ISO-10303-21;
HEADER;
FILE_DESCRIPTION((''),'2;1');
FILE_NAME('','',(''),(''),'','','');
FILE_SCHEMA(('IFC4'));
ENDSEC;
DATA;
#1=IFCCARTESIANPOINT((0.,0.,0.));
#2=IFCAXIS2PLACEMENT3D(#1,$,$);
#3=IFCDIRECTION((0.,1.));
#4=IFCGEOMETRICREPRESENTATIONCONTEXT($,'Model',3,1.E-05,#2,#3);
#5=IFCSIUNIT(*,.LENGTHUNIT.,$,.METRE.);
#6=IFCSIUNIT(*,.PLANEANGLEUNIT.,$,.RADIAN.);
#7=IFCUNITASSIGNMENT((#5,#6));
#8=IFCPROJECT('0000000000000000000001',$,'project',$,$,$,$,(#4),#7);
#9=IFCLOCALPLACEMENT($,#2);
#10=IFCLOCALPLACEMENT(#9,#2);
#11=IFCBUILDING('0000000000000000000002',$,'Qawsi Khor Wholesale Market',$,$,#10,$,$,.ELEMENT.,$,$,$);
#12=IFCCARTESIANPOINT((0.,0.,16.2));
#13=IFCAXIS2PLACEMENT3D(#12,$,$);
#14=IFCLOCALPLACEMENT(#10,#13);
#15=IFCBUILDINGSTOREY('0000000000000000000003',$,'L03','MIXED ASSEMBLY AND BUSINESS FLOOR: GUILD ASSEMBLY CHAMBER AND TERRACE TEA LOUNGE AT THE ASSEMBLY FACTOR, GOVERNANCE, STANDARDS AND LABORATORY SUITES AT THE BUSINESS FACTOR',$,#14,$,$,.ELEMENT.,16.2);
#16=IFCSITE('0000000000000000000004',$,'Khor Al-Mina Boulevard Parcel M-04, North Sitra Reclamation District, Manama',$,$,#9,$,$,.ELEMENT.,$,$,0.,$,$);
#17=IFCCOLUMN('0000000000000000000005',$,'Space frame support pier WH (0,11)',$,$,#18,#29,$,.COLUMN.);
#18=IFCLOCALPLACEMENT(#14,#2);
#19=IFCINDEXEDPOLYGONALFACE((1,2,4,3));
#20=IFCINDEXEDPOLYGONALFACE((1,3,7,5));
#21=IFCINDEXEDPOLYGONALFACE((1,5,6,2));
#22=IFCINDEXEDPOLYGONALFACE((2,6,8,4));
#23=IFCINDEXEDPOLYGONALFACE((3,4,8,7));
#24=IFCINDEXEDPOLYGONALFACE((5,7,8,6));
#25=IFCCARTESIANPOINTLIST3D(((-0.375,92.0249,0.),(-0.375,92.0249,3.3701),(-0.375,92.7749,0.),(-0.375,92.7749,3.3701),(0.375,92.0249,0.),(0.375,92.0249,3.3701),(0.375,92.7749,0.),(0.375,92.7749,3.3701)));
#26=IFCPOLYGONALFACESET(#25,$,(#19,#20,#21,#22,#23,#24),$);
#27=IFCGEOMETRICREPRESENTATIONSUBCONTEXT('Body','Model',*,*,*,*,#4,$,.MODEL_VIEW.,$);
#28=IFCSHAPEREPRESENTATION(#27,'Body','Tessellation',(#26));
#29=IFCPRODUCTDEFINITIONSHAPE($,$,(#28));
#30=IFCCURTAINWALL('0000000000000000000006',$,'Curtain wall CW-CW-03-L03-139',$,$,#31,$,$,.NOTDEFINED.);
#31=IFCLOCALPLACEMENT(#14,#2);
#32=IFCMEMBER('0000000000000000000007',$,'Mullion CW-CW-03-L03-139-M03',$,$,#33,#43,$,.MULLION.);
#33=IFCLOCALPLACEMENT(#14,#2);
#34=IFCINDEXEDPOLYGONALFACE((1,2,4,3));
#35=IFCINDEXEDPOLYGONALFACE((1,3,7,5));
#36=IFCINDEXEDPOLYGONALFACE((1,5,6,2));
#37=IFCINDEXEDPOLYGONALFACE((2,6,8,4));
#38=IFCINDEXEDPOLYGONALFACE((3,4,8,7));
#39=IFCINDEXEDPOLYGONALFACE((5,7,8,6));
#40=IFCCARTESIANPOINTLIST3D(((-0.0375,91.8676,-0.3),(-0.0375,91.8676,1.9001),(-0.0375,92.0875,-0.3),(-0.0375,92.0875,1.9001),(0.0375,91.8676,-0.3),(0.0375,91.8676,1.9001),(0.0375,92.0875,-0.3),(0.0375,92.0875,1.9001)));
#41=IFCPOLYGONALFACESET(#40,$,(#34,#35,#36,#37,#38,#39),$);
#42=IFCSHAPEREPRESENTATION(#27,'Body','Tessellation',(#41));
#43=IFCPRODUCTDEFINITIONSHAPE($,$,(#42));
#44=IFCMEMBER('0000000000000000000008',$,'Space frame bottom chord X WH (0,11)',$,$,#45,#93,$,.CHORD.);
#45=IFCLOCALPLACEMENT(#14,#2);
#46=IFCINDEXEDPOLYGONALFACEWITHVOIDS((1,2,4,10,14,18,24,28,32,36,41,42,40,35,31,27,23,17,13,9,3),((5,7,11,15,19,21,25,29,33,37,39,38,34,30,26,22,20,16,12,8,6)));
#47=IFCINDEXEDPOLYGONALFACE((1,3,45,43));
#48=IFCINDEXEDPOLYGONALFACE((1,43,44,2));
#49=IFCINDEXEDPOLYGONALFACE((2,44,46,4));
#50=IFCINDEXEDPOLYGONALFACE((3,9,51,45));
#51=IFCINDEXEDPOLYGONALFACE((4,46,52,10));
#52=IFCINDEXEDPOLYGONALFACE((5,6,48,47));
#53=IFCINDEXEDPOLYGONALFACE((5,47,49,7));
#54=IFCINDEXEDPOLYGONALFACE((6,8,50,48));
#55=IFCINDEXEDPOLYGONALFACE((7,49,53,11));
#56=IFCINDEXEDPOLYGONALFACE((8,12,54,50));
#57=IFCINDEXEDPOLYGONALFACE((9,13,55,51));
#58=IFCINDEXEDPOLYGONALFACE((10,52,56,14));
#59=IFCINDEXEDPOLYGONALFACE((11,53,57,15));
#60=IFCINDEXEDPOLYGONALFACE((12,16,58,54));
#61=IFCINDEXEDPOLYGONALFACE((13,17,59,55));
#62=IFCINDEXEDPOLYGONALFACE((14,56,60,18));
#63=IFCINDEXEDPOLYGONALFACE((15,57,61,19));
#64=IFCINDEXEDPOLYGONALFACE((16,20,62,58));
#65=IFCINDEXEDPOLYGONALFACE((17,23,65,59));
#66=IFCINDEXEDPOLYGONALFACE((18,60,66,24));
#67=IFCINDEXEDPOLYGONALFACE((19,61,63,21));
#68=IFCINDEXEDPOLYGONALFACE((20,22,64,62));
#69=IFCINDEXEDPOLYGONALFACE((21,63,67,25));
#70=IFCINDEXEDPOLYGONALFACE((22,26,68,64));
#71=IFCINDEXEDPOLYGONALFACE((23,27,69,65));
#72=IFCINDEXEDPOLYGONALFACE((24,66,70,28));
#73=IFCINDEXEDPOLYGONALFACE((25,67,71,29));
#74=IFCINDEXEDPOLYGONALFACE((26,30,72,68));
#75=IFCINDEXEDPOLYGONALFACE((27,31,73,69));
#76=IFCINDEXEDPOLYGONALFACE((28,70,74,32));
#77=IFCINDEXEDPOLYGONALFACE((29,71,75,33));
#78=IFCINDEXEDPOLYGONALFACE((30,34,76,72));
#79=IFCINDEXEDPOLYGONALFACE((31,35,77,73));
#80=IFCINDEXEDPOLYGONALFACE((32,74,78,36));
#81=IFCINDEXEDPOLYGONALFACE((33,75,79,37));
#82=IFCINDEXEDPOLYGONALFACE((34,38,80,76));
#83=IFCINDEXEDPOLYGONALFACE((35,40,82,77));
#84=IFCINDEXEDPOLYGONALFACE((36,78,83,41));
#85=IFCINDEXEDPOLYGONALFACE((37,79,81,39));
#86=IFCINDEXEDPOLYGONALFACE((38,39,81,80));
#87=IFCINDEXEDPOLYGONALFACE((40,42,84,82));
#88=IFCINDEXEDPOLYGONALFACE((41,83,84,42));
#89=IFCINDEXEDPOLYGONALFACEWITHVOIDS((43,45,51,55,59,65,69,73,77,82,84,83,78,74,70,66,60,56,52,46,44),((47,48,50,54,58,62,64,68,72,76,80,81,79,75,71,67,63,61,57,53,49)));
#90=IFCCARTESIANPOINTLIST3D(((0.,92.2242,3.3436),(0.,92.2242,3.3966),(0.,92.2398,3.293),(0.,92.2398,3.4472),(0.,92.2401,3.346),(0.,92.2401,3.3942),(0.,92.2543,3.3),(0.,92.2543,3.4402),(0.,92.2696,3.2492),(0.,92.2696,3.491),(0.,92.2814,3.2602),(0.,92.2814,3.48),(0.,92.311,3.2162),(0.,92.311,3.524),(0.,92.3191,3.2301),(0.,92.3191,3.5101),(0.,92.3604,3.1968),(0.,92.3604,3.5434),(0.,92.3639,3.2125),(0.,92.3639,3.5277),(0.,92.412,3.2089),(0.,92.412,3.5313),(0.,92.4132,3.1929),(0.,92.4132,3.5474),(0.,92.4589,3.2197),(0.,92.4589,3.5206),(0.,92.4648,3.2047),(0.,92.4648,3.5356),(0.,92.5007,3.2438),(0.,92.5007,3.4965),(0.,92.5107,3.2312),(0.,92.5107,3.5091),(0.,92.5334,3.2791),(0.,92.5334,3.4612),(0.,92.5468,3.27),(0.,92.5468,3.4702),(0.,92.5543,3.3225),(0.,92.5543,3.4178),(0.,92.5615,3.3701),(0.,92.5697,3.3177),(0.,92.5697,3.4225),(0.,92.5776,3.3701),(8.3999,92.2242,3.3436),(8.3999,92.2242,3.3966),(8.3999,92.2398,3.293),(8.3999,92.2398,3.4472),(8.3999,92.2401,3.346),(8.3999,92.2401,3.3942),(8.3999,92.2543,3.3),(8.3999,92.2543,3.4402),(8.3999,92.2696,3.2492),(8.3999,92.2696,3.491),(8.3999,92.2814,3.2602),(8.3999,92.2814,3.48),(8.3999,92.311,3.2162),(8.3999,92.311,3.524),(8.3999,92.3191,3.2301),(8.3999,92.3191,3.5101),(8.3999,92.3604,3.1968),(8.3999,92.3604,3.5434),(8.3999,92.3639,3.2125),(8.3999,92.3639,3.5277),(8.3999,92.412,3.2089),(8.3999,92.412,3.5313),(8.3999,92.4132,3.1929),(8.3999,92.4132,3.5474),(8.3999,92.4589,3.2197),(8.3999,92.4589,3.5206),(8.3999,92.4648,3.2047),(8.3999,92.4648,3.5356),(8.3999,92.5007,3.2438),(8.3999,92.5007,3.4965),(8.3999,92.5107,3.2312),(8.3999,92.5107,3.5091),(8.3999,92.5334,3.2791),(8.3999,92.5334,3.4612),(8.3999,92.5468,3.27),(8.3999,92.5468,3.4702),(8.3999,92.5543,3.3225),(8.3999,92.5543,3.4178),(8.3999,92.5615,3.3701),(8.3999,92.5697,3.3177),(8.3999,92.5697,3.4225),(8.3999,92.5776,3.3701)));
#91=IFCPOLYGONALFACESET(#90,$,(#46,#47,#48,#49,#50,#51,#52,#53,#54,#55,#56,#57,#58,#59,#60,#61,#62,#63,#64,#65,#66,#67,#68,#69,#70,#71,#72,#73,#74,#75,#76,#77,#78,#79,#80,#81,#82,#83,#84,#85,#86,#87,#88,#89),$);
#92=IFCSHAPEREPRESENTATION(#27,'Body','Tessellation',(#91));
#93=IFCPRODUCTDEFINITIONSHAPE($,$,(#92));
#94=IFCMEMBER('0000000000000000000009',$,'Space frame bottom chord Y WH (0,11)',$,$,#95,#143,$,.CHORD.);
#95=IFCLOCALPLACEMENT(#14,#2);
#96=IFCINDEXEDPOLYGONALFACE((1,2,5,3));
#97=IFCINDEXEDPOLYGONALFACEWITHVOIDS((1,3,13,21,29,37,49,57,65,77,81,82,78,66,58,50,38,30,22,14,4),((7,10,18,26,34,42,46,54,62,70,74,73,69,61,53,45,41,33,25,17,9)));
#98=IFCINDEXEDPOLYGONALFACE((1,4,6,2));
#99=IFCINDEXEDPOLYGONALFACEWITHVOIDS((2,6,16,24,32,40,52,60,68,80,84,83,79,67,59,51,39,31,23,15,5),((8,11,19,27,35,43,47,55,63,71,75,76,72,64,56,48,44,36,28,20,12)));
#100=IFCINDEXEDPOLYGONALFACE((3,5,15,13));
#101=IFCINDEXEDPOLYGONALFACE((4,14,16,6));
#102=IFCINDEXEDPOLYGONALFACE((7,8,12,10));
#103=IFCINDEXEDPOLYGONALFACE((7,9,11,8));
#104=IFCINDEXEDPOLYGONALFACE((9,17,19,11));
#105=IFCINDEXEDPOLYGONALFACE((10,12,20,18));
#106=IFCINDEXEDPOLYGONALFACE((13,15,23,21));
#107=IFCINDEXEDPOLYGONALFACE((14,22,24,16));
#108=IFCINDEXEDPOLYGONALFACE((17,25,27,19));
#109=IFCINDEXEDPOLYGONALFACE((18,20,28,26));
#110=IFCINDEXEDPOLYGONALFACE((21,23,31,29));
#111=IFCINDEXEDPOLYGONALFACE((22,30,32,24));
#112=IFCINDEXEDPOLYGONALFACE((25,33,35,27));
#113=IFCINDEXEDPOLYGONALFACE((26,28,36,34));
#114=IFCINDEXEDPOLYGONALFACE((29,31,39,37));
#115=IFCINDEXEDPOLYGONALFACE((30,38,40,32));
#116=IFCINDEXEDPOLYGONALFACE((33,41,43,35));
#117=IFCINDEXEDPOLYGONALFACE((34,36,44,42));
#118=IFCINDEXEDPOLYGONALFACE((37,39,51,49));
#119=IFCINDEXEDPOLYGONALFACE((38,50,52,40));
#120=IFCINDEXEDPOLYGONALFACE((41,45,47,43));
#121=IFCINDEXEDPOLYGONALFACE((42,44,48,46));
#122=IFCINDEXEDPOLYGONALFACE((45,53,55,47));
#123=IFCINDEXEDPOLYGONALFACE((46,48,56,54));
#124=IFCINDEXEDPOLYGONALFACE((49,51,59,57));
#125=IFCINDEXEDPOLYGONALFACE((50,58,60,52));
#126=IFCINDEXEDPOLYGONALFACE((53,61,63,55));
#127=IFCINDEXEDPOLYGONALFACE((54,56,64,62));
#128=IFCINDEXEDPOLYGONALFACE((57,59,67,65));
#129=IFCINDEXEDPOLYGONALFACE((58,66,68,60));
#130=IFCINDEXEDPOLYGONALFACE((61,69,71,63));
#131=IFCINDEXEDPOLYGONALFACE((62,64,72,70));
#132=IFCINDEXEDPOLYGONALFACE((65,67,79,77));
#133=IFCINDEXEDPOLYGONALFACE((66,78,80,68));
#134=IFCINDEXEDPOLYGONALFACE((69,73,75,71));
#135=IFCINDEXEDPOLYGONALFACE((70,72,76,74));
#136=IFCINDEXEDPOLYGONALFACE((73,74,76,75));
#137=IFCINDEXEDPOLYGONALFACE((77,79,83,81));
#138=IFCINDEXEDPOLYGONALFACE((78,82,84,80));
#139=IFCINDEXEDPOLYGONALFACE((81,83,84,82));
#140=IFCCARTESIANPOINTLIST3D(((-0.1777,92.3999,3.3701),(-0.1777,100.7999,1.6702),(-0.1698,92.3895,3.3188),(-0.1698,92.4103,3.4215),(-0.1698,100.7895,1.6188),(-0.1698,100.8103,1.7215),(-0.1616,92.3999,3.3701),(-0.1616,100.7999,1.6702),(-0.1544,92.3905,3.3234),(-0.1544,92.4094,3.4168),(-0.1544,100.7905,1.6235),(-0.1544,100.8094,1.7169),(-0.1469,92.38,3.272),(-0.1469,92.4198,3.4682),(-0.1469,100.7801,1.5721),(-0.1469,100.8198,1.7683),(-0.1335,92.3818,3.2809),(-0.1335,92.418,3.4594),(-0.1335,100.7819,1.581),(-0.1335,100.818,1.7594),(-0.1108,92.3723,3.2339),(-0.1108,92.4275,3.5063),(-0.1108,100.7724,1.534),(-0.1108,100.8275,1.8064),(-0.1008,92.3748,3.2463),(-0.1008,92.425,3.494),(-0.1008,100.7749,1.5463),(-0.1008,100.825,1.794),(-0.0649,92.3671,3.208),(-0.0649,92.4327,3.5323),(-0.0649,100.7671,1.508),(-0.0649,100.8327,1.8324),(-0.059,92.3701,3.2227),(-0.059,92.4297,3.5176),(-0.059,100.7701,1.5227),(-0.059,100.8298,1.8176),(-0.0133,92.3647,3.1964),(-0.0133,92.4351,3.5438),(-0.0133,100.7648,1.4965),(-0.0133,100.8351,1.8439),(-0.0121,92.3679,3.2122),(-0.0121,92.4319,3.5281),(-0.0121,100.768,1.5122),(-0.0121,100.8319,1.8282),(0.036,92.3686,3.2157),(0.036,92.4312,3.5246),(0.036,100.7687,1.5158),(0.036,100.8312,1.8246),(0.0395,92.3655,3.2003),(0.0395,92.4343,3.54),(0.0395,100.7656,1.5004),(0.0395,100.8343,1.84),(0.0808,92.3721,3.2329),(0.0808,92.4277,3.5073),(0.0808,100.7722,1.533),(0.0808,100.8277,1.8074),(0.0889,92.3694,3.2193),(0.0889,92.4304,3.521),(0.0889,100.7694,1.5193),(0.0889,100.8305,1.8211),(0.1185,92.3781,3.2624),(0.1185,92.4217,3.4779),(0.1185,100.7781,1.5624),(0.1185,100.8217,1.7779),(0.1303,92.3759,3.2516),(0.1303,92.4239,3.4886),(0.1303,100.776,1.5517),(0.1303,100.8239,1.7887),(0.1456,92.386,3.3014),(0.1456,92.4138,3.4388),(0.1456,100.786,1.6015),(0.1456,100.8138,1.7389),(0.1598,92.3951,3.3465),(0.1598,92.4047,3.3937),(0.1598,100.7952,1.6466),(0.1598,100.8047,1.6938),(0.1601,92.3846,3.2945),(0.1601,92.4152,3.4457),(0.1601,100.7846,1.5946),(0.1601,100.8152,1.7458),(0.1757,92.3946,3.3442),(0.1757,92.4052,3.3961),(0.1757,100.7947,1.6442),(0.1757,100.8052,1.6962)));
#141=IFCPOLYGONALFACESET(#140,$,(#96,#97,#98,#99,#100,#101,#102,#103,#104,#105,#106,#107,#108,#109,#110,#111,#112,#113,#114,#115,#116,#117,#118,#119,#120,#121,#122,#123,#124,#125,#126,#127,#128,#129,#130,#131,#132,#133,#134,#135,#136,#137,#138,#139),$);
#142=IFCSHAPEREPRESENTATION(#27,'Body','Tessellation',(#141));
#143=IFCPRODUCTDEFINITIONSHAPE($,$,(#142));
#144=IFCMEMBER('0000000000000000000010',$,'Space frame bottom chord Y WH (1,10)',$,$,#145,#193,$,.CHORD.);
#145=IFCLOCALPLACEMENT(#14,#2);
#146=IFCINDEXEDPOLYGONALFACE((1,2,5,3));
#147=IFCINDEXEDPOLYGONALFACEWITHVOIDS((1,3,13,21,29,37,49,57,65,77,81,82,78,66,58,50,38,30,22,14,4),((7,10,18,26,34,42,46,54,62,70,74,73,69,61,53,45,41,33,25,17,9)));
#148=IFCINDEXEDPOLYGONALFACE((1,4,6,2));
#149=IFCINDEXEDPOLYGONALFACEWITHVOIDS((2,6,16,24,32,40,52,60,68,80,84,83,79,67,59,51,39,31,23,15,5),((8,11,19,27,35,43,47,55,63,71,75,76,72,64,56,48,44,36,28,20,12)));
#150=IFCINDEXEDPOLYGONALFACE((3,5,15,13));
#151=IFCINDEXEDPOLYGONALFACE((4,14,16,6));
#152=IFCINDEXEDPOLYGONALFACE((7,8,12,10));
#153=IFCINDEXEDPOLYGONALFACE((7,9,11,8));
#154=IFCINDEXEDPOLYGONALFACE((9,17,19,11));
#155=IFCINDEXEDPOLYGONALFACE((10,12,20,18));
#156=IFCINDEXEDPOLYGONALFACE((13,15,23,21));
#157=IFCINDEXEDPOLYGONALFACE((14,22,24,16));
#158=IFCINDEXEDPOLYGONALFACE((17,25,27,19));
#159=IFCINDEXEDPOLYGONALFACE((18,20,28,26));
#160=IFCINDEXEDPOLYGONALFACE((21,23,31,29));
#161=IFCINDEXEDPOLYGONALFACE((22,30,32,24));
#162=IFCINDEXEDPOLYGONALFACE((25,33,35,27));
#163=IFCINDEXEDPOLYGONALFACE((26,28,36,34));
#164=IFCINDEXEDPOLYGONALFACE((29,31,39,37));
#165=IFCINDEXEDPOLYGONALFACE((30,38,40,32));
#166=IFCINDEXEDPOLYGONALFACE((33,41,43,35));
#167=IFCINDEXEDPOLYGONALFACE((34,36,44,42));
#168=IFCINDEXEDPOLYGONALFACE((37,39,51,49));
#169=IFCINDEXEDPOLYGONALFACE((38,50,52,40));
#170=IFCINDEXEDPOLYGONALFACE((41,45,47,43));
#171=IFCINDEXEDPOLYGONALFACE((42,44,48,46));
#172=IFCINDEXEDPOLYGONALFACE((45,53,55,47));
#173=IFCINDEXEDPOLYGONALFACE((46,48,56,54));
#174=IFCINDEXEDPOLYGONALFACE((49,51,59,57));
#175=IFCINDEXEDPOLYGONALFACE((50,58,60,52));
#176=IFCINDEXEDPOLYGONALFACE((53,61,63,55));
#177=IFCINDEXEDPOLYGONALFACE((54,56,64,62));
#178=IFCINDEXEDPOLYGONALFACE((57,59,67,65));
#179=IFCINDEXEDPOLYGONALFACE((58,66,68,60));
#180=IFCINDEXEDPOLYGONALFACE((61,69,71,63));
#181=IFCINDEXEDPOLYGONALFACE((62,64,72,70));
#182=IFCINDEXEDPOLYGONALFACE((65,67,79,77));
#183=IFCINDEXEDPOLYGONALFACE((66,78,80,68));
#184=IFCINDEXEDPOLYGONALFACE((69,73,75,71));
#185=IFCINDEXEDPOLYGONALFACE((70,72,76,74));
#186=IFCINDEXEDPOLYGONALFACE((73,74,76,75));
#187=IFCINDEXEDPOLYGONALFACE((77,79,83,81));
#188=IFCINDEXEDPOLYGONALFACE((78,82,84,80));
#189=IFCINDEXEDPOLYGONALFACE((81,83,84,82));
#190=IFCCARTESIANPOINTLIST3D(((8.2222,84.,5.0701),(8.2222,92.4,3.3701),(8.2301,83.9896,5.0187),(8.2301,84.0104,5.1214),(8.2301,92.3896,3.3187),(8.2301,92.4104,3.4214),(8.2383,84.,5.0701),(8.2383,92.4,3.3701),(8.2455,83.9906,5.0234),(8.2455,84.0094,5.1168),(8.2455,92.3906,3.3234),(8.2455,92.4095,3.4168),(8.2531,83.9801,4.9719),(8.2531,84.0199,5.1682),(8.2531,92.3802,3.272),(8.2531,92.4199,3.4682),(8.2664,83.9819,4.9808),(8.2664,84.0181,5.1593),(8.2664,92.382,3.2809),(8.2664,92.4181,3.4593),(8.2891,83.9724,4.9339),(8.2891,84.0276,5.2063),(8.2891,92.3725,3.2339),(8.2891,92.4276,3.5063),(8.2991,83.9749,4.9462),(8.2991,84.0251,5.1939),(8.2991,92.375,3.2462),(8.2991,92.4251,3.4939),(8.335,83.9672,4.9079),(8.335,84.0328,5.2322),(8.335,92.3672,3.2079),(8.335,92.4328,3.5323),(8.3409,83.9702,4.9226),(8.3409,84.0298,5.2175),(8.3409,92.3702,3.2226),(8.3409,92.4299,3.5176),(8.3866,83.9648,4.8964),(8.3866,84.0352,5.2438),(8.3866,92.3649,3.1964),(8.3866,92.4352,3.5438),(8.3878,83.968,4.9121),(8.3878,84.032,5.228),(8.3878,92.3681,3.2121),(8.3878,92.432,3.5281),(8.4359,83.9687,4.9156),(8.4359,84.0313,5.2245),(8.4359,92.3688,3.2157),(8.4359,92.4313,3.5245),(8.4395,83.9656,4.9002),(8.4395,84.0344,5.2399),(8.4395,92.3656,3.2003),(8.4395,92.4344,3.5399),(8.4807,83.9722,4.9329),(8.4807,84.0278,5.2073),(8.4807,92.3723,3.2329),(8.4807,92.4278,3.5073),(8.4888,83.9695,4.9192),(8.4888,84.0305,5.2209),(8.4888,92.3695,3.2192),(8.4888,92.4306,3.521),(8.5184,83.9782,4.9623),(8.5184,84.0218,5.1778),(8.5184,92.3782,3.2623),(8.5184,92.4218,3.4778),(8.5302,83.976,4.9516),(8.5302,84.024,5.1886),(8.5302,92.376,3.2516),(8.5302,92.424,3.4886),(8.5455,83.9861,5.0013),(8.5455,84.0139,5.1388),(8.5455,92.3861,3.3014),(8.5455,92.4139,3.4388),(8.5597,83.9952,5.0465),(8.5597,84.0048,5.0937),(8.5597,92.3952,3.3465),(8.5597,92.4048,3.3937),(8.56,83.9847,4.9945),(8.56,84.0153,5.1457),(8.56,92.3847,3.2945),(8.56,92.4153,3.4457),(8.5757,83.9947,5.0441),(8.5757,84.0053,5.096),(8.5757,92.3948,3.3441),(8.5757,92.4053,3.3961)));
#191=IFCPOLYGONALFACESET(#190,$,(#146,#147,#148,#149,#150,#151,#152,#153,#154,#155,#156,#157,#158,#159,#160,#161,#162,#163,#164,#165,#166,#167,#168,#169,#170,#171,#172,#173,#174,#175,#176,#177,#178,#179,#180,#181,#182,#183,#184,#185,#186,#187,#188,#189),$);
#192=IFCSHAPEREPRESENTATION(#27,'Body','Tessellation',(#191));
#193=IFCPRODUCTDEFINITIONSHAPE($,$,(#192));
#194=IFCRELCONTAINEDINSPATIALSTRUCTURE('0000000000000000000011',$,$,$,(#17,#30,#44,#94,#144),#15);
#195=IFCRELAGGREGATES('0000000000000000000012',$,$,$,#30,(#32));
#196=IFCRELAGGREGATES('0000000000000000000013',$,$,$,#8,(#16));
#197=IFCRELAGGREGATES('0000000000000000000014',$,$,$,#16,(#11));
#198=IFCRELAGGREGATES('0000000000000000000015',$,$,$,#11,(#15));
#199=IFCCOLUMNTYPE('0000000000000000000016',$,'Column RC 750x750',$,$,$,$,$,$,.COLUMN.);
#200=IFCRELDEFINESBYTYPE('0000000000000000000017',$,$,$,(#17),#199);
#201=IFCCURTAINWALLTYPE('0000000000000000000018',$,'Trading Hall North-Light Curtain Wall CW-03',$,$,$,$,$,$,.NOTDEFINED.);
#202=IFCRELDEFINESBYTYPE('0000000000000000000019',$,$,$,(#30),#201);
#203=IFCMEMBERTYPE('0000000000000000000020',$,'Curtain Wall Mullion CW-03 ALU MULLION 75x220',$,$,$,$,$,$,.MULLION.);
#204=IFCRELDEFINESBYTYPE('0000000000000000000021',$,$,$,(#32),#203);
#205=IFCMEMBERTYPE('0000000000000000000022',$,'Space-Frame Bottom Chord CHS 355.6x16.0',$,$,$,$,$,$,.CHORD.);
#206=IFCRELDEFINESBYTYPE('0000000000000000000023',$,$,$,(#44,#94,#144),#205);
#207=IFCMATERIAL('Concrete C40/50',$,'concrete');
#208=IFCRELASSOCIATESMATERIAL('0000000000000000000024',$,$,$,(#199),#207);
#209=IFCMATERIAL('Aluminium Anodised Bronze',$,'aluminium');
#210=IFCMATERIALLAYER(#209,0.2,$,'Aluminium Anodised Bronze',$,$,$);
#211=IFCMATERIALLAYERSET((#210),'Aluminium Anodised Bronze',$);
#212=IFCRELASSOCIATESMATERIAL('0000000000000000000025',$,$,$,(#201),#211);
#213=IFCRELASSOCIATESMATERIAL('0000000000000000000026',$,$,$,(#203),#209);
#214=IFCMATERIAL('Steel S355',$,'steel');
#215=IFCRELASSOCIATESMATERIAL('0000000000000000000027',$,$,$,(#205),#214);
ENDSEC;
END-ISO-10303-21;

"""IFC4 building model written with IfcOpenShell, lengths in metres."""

from ifc_helpers import new_model, si_unit, direction, frame, origin, origin_2d, place, context, subcontext, project, spatial, rectangle, hollow_circle, extrude, material, layer, layer_set, material_profile, profile_set, type_object, element, aggregate, save


model = new_model("IFC4")

# Units and contexts
model_context = context("Model", 3, precision=1e-05, world=origin(), true_north=direction((0.0, 1.0)))
body_context = subcontext(model_context, "Body", "Model", "MODEL_VIEW")
ifc_project = project(units=[si_unit("LENGTHUNIT", "METRE"), si_unit("PLANEANGLEUNIT", "RADIAN")], contexts=[model_context])

# Site, building, storey
site_placement = place(None, origin())
site = spatial("IfcSite", under=ifc_project, at=site_placement, Name="Khor Al-Mina Boulevard Parcel M-04, North Sitra Reclamation District, Manama", CompositionType="ELEMENT", RefElevation=0.0)
building_placement = place(site_placement, origin())
building = spatial("IfcBuilding", under=site, at=building_placement, Name="Qawsi Khor Wholesale Market", CompositionType="ELEMENT")
storey_placement = place(building_placement, frame((0.0, 0.0, 16.2)))
storey = spatial("IfcBuildingStorey", under=building, at=storey_placement, Name="L03", Description="MIXED ASSEMBLY AND BUSINESS FLOOR: GUILD ASSEMBLY CHAMBER AND TERRACE TEA LOUNGE AT THE ASSEMBLY FACTOR, GOVERNANCE, STANDARDS AND LABORATORY SUITES AT THE BUSINESS FACTOR", CompositionType="ELEMENT", Elevation=16.2)

# Column
ifc_material_1 = material(Name="Concrete C40/50", Category="concrete")
ifc_material_profile_1 = material_profile(ifc_material_1, rectangle(XDim=0.75, YDim=0.75, at=origin_2d()), Name="RC 750x750")
ifc_profile_set_1 = profile_set([ifc_material_profile_1], Name="Concrete C40/50")
column_type = type_object("IfcColumnType", Name="Column RC 750x750", PredefinedType="COLUMN", material=ifc_profile_set_1)
column_placement = place(storey_placement, frame((0.0, 92.3999, 0.0), z_axis=(0.0, 0.0, 1.0), x_axis=(1.0, 0.0, 0.0)))
element("IfcColumn", 1, at=column_placement, inside=storey, type_object=column_type, Name="Space frame support pier WH (0,11)", PredefinedType="COLUMN", context=body_context, shape_type="SweptSolid", body=[
    extrude(rectangle(XDim=0.75, YDim=0.75, at=origin_2d()), origin(), (0.0, 0.0, 1.0), 3.3701),
])

# Curtain wall, member
ifc_material_2 = material(Name="Aluminium Anodised Bronze", Category="aluminium")
ifc_layer_1 = layer(ifc_material_2, 0.2, Name="Aluminium Anodised Bronze")
ifc_layer_set_1 = layer_set([ifc_layer_1], Name="Aluminium Anodised Bronze")
curtain_wall_type = type_object("IfcCurtainWallType", Name="Trading Hall North-Light Curtain Wall CW-03", PredefinedType="NOTDEFINED", material=ifc_layer_set_1)
curtain_wall_placement = place(storey_placement, origin())
curtain_wall = element("IfcCurtainWall", 2, at=curtain_wall_placement, inside=storey, type_object=curtain_wall_type, Name="Curtain wall CW-CW-03-L03-139", PredefinedType="NOTDEFINED")
ifc_material_profile_2 = material_profile(ifc_material_2, rectangle(XDim=0.075, YDim=0.22, at=origin_2d()), Name="ALU MULLION 75x220")
ifc_profile_set_2 = profile_set([ifc_material_profile_2], Name="Aluminium Anodised Bronze")
member_type_1 = type_object("IfcMemberType", Name="Curtain Wall Mullion CW-03 ALU MULLION 75x220", PredefinedType="MULLION", material=ifc_profile_set_2)
member_1_placement = place(storey_placement, frame((0.0, 91.9775, -0.3), z_axis=(0.0, 0.0, 1.0), x_axis=(1.0, 0.0, 0.0)))
member_1 = element("IfcMember", 3, at=member_1_placement, type_object=member_type_1, Name="Mullion CW-CW-03-L03-139-M03", PredefinedType="MULLION", context=body_context, shape_type="SweptSolid", body=[
    extrude(rectangle(XDim=0.075, YDim=0.22, at=origin_2d()), origin(), (0.0, 0.0, 1.0), 2.2002),
])
aggregate(curtain_wall, [member_1])

# Members
ifc_material_3 = material(Name="Steel S355", Category="steel")
ifc_material_profile_3 = material_profile(ifc_material_3, hollow_circle(Radius=0.1777, WallThickness=0.0161, at=origin_2d()), Name="CHS 355.6x16.0")
ifc_profile_set_3 = profile_set([ifc_material_profile_3], Name="Steel S355")
member_type_2 = type_object("IfcMemberType", Name="Space-Frame Bottom Chord CHS 355.6x16.0", PredefinedType="CHORD", material=ifc_profile_set_3)
member_2_placement = place(storey_placement, frame((0.0, 92.3999, 3.3701), z_axis=(1.0, 0.0, 0.0), x_axis=(0.0, 1.0, 0.0)))
element("IfcMember", 4, at=member_2_placement, inside=storey, type_object=member_type_2, Name="Space frame bottom chord X WH (0,11)", PredefinedType="CHORD", context=body_context, shape_type="SweptSolid", body=[
    extrude(hollow_circle(Radius=0.1777, WallThickness=0.0161, at=origin_2d()), origin(), (0.0, 0.0, 1.0), 8.3999),
])
for number, where, z_axis, x_axis, name in (
    (5, (0.0, 92.3999, 3.3701), (0.0, 0.980131, -0.198351), (-1.0, 0.0, 0.0), "Space frame bottom chord Y WH (0,11)"),
    (6, (8.3999, 84.0, 5.0701), (0.0, 0.98013, -0.198356), (-1.0, 0.0, 0.0), "Space frame bottom chord Y WH (1,10)"),
):
    element("IfcMember", number, at=place(storey_placement, frame(where, z_axis=z_axis, x_axis=x_axis)), inside=storey, type_object=member_type_2, Name=name, PredefinedType="CHORD", context=body_context, shape_type="SweptSolid", body=[
        extrude(hollow_circle(Radius=0.1777, WallThickness=0.0161, at=origin_2d()), origin(), (0.0, 0.0, 1.0), 8.5703),
    ])

save(model, "model.ifc")
